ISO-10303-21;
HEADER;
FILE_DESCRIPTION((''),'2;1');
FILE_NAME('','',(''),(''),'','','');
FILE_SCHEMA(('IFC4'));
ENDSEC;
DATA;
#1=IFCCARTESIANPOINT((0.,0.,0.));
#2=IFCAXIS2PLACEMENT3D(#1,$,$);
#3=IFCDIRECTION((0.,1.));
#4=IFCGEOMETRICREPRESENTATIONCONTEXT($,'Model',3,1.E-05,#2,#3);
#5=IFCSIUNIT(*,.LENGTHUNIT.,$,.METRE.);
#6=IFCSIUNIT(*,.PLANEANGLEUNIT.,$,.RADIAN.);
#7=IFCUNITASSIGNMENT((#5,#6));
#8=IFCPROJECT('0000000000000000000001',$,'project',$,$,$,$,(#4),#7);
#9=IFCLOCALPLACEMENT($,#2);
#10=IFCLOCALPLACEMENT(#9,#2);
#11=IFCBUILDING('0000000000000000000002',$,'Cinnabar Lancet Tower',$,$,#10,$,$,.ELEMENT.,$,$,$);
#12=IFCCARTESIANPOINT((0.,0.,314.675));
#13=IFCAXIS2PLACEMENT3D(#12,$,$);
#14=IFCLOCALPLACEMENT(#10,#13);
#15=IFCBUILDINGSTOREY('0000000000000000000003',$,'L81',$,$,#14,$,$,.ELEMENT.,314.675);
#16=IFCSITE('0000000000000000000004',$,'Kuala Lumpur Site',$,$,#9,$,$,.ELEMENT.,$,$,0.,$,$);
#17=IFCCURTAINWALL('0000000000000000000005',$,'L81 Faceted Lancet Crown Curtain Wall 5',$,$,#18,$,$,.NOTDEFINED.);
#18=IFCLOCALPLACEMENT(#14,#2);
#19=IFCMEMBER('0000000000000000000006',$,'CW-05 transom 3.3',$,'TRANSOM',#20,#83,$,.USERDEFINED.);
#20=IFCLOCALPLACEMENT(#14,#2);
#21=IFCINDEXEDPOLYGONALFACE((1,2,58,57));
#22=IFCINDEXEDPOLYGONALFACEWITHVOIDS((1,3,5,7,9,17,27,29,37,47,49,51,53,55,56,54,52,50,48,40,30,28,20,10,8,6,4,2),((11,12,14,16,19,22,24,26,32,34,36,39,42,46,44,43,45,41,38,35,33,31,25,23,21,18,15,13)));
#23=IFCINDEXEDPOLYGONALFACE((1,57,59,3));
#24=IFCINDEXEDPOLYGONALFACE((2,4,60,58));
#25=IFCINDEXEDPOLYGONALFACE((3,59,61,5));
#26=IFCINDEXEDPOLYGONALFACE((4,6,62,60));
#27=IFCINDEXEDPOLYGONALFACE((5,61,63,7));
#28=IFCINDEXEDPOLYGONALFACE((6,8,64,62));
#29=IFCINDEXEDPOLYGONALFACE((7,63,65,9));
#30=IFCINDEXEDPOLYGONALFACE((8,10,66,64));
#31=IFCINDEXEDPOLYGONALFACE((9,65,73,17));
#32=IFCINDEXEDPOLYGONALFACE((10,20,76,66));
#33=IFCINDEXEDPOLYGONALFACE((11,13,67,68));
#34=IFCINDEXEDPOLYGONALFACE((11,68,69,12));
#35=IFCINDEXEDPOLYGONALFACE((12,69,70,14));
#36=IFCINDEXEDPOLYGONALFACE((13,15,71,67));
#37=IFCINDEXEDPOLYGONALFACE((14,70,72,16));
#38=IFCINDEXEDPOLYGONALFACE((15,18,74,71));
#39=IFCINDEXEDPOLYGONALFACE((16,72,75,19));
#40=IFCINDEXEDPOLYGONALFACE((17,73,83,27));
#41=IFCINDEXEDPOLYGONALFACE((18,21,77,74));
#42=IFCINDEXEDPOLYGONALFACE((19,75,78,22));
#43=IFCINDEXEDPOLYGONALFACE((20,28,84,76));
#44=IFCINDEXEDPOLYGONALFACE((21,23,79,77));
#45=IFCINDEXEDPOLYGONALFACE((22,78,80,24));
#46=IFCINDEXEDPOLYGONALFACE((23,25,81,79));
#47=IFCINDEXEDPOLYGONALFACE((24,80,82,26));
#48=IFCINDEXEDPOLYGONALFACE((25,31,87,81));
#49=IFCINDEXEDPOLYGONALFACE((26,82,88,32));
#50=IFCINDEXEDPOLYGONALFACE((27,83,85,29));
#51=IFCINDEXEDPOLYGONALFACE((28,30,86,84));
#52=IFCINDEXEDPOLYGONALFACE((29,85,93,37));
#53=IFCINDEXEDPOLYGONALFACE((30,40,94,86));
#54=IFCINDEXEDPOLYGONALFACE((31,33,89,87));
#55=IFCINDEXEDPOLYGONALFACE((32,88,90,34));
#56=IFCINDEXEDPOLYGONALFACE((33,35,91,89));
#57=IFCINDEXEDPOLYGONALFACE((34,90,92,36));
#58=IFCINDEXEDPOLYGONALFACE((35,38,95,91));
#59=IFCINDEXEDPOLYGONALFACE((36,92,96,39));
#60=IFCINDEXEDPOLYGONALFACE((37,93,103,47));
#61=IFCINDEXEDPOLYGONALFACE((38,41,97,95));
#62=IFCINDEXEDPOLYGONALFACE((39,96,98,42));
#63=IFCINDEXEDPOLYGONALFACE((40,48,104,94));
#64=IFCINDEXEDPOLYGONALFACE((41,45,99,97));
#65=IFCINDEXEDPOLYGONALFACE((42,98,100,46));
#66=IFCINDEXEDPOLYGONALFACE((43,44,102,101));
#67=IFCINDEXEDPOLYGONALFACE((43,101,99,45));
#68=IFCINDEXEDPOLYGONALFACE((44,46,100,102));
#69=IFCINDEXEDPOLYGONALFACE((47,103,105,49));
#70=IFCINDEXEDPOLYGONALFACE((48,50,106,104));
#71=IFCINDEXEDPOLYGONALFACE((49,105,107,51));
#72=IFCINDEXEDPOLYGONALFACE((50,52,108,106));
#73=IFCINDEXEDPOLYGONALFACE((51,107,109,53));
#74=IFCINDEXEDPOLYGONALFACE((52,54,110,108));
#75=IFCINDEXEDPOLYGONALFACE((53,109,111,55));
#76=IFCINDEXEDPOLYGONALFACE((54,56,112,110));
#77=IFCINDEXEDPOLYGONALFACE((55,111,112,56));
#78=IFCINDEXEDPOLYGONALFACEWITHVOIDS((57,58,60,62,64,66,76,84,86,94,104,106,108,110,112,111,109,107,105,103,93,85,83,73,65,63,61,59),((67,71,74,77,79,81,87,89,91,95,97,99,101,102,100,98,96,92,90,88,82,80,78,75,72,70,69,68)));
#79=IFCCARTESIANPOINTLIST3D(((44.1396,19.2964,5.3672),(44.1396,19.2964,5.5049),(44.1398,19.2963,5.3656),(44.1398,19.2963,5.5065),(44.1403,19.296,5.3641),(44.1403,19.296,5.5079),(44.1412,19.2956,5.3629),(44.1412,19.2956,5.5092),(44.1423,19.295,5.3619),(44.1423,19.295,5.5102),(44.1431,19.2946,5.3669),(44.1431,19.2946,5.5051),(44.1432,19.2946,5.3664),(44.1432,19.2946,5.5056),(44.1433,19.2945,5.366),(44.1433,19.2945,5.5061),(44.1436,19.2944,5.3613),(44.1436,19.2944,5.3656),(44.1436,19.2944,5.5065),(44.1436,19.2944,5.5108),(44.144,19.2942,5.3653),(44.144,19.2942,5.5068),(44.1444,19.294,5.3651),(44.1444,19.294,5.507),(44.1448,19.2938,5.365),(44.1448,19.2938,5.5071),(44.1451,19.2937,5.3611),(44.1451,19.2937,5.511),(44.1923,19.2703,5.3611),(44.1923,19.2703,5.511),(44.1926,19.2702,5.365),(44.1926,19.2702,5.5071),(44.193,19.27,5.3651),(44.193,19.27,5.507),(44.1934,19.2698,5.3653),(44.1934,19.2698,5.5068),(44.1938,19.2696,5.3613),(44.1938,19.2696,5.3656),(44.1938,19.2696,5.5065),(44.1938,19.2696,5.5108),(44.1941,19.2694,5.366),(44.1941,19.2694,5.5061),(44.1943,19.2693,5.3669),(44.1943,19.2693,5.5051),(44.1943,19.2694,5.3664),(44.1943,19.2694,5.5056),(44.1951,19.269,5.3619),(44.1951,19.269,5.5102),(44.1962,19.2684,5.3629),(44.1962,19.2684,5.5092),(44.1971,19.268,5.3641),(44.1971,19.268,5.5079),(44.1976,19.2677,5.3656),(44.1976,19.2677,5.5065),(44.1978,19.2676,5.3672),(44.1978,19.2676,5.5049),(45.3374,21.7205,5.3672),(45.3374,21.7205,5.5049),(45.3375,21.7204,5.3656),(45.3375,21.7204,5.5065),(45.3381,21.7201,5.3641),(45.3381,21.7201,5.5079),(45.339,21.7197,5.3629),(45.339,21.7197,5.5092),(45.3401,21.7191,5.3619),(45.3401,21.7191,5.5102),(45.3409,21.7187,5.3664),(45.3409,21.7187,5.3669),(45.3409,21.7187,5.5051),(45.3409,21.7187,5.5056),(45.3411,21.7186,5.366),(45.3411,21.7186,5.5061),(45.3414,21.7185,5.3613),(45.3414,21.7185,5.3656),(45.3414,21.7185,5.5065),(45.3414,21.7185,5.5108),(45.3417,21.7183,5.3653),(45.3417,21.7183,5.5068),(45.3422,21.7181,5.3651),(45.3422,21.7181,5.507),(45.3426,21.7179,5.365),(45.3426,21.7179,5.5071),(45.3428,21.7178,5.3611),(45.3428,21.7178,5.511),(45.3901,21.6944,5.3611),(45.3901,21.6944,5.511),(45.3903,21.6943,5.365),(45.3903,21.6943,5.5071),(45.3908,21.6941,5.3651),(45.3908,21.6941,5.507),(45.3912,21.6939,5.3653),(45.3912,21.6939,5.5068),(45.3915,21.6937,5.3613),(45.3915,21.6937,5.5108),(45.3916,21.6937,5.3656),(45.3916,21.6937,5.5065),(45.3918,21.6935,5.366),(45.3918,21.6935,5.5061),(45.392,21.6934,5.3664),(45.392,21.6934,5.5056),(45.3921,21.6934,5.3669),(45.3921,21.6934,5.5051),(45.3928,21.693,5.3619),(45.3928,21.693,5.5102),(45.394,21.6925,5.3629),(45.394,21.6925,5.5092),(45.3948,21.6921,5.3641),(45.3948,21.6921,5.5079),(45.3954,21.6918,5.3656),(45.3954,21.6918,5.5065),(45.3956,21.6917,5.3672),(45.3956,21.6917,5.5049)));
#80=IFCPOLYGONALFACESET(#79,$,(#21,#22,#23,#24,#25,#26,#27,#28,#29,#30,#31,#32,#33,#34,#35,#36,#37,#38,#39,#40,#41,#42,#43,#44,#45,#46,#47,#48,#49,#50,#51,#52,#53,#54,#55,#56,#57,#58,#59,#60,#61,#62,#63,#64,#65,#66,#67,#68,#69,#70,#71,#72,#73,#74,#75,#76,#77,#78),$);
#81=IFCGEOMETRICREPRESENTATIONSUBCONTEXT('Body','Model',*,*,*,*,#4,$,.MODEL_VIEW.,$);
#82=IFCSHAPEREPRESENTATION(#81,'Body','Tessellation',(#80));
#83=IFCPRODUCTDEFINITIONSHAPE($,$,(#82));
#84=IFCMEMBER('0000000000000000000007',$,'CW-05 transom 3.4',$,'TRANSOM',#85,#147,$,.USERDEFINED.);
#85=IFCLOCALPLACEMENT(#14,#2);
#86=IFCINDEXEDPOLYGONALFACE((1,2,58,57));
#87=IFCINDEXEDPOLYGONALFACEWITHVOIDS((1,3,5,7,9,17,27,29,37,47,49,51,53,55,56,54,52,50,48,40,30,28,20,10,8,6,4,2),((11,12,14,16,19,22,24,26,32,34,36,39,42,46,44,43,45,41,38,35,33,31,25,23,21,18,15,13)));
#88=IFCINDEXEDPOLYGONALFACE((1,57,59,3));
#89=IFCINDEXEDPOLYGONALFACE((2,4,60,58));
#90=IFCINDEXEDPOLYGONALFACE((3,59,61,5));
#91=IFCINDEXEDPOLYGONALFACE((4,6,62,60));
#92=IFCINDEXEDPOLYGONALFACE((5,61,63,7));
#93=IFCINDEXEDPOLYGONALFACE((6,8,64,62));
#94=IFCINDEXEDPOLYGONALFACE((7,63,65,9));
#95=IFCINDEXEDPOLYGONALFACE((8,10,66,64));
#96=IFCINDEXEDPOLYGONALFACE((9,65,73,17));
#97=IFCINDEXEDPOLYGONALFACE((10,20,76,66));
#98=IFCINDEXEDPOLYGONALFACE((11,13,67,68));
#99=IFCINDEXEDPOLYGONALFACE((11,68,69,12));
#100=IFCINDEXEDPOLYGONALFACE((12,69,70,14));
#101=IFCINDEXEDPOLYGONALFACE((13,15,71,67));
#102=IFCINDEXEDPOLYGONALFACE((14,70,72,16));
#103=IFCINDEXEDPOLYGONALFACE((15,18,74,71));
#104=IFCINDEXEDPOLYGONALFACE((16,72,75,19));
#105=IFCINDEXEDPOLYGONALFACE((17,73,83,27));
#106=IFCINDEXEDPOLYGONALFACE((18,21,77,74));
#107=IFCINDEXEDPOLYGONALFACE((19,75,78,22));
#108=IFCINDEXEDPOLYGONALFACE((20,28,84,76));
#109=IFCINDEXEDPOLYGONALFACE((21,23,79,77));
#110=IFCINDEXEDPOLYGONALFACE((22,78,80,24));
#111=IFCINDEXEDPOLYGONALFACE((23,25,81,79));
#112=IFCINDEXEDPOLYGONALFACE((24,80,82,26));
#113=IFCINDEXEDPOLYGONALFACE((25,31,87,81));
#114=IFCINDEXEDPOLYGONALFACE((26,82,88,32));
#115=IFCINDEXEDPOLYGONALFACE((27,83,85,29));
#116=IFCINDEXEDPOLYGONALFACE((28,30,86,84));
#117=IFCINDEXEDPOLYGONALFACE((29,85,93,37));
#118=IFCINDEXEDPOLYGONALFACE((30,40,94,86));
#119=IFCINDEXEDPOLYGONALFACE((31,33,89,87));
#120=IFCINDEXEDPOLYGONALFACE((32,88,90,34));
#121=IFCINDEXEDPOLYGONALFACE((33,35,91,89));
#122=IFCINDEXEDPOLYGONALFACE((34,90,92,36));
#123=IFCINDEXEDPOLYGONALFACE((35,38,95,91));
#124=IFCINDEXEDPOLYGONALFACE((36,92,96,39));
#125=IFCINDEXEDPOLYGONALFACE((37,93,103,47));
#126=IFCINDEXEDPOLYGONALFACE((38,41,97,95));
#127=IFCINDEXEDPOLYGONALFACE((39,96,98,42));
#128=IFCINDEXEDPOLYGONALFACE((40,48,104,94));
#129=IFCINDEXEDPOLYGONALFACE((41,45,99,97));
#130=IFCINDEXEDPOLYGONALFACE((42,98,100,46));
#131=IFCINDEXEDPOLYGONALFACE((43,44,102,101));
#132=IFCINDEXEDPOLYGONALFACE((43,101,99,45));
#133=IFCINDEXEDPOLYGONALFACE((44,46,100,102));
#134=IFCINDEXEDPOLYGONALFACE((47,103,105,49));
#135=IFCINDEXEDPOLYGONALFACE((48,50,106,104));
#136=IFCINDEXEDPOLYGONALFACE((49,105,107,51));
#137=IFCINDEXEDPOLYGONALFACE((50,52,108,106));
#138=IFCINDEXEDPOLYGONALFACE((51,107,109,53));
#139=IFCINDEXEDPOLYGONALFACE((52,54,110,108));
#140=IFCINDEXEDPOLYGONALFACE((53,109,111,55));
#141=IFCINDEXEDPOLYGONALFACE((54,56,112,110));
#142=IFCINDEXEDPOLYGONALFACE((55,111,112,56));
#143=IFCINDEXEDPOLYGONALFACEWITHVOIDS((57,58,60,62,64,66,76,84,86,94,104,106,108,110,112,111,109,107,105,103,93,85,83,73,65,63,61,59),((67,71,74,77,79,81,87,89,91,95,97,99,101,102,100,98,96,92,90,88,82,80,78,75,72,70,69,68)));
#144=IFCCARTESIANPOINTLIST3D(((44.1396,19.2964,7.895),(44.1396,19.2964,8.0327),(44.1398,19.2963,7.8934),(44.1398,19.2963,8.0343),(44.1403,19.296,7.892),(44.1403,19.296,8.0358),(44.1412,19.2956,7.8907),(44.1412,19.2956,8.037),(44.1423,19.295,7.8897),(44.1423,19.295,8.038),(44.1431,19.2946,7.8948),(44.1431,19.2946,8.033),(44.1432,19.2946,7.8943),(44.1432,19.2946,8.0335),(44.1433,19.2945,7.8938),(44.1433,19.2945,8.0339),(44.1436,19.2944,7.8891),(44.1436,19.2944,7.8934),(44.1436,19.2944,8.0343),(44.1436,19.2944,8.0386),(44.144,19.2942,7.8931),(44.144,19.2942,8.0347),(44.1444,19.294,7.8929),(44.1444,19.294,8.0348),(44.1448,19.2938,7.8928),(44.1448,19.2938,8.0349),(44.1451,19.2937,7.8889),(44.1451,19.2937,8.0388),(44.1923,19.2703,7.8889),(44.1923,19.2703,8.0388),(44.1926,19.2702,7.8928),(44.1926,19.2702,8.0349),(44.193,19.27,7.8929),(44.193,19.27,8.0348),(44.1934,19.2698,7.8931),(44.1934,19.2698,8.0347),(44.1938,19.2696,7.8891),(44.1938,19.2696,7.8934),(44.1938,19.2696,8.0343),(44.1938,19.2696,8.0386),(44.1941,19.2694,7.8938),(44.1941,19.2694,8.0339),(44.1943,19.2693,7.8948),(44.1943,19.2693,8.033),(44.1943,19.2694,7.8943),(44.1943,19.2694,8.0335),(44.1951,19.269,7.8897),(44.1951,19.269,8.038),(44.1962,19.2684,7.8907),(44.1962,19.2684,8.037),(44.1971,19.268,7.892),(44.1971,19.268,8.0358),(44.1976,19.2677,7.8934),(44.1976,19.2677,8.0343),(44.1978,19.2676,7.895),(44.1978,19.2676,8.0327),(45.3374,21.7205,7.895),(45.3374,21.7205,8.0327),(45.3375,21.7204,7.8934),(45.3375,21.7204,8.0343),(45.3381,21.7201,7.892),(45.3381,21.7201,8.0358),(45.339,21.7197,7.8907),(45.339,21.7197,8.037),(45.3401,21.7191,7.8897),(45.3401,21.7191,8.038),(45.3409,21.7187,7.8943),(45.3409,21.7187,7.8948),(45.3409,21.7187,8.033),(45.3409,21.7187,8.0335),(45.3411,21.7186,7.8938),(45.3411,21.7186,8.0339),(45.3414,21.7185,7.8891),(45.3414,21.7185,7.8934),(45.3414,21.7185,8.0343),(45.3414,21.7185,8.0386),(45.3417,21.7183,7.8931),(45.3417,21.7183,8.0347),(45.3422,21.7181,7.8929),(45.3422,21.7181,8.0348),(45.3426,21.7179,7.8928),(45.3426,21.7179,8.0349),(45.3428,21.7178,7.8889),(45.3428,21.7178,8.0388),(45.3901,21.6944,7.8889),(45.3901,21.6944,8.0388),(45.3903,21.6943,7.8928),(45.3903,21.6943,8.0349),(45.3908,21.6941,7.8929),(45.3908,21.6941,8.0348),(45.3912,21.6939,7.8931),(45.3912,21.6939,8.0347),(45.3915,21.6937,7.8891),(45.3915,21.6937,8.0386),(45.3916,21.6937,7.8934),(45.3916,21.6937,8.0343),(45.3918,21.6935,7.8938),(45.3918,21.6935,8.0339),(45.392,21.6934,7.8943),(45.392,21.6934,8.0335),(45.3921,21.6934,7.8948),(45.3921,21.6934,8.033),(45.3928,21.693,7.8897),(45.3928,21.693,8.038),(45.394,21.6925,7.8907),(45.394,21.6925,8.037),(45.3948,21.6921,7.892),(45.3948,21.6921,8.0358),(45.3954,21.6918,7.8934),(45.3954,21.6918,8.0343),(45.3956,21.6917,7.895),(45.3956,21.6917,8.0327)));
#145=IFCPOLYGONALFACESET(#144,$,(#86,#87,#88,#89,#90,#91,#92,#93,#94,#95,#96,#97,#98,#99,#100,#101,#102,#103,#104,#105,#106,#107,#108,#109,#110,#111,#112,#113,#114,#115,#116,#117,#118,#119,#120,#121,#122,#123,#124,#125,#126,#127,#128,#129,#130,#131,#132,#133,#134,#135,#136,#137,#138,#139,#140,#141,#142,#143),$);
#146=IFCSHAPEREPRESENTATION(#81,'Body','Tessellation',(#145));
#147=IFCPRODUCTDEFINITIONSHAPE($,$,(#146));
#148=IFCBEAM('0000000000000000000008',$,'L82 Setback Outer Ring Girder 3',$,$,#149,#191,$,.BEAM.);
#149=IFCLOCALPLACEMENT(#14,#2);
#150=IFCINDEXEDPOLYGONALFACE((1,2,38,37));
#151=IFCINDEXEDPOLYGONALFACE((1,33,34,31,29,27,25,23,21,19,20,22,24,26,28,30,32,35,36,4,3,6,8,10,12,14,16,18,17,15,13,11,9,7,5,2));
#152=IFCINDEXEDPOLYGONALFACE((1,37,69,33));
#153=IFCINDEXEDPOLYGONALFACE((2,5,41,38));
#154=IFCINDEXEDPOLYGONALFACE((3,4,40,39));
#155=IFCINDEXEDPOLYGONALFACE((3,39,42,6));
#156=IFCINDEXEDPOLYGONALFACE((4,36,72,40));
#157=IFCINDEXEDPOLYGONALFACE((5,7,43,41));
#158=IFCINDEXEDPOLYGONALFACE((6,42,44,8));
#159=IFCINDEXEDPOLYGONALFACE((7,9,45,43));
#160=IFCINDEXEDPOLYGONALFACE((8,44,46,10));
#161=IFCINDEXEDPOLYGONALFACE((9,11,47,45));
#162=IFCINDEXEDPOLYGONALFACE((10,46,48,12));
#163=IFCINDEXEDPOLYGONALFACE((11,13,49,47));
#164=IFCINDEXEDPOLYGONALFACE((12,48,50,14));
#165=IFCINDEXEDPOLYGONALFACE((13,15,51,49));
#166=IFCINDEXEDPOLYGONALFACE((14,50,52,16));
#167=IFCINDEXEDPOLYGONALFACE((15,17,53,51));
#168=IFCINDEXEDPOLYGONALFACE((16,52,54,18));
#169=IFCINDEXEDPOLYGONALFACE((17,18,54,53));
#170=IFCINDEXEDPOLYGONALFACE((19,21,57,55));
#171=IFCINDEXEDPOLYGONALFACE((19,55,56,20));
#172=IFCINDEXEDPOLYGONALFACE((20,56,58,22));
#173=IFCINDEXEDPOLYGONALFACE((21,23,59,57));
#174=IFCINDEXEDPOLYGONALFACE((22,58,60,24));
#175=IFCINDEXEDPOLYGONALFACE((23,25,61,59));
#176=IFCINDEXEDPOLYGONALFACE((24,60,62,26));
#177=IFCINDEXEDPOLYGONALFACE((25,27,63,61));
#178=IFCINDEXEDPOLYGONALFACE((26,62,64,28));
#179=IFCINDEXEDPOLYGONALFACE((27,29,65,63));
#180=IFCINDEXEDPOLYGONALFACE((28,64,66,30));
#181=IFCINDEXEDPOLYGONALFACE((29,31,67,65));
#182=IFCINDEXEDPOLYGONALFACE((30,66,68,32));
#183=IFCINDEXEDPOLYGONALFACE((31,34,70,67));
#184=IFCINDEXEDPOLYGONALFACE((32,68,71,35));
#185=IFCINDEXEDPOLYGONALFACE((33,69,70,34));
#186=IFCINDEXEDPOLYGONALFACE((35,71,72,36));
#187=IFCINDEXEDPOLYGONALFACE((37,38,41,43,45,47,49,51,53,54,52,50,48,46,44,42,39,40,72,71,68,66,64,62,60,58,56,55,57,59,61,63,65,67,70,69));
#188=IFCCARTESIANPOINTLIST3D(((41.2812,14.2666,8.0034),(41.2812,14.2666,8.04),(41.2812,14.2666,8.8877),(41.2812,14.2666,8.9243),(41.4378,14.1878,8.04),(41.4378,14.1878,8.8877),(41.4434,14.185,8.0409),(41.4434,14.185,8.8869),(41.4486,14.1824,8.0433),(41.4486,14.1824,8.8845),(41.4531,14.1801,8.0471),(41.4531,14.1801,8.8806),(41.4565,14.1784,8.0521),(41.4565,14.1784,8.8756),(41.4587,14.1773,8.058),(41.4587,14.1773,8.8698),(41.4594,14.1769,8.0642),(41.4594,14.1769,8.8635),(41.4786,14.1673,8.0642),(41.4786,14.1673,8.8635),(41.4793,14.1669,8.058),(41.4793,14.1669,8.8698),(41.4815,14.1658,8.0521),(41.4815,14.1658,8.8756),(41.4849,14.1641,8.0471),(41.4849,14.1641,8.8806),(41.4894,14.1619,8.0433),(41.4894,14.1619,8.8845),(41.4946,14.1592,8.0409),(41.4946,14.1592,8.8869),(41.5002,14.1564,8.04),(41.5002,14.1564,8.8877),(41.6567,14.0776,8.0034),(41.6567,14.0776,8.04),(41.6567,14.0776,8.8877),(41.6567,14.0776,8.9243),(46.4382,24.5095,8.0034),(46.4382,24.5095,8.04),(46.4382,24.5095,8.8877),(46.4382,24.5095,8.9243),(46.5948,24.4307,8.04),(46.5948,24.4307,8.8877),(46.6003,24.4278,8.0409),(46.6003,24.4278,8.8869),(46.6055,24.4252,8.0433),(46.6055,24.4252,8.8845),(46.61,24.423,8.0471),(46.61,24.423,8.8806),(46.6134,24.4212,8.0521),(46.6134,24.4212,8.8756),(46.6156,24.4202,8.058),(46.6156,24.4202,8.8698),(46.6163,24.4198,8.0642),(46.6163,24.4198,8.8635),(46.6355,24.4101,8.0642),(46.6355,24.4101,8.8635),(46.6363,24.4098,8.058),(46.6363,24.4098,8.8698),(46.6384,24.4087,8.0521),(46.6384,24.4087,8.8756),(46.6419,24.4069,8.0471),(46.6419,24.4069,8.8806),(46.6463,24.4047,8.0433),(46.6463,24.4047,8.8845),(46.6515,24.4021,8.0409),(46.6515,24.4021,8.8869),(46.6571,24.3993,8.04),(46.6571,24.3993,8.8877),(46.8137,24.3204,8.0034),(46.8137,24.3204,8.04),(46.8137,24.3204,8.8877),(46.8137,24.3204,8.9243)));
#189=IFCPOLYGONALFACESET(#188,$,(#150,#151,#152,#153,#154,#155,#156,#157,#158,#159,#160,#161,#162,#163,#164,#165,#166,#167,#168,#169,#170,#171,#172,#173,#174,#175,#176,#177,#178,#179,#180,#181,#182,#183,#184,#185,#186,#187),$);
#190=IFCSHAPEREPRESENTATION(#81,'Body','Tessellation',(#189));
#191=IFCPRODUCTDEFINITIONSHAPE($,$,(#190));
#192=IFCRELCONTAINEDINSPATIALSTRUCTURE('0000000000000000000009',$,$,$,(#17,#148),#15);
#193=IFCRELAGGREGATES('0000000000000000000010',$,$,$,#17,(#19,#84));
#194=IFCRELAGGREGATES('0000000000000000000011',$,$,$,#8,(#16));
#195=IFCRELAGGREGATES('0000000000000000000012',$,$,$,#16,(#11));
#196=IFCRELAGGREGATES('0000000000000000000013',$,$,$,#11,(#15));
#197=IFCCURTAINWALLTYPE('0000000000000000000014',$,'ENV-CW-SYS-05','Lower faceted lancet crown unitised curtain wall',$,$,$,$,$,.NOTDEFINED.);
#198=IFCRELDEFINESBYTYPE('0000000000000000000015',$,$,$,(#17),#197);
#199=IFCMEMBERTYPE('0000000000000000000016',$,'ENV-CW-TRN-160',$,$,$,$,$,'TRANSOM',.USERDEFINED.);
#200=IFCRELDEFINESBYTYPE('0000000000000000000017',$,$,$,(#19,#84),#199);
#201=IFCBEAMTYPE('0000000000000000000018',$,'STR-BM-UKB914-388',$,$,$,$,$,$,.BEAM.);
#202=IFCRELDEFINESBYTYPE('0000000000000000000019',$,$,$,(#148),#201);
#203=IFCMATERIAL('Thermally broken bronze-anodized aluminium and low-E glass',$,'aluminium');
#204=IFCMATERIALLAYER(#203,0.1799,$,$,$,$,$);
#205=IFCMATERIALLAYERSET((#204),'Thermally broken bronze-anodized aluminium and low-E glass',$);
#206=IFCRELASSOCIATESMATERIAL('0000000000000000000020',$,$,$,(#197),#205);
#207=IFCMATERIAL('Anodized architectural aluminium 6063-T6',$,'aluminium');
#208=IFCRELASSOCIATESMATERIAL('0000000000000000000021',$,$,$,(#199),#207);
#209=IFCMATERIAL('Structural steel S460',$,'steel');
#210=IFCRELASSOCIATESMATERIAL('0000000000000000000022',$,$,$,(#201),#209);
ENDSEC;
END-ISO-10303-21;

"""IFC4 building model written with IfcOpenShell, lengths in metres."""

from ifc_helpers import new_model, si_unit, direction, frame, origin, origin_2d, place, context, subcontext, project, spatial, hollow_rectangle, i_section, extrude, material, layer, layer_set, material_profile, profile_set, type_object, element, aggregate, save


model = new_model("IFC4")

# Units and contexts
model_context = context("Model", 3, precision=1e-05, world=origin(), true_north=direction((0.0, 1.0)))
body_context = subcontext(model_context, "Body", "Model", "MODEL_VIEW")
ifc_project = project(units=[si_unit("LENGTHUNIT", "METRE"), si_unit("PLANEANGLEUNIT", "RADIAN")], contexts=[model_context])

# Site, building, storey
site_placement = place(None, origin())
site = spatial("IfcSite", under=ifc_project, at=site_placement, Name="Kuala Lumpur Site", CompositionType="ELEMENT", RefElevation=0.0)
building_placement = place(site_placement, origin())
building = spatial("IfcBuilding", under=site, at=building_placement, Name="Cinnabar Lancet Tower", CompositionType="ELEMENT")
storey_placement = place(building_placement, frame((0.0, 0.0, 314.675)))
storey = spatial("IfcBuildingStorey", under=building, at=storey_placement, Name="L81", CompositionType="ELEMENT", Elevation=314.675)

# Shared definitions
ifc_material_1 = material(Name="Thermally broken bronze-anodized aluminium and low-E glass", Category="aluminium")
ifc_layer_1 = layer(ifc_material_1, 0.1799)
ifc_layer_set_1 = layer_set([ifc_layer_1], Name="Thermally broken bronze-anodized aluminium and low-E glass")
curtain_wall_type = type_object("IfcCurtainWallType", Name="ENV-CW-SYS-05", Description="Lower faceted lancet crown unitised curtain wall", PredefinedType="NOTDEFINED", material=ifc_layer_set_1)

# Curtain wall, members
curtain_wall_1_placement = place(storey_placement, origin())
curtain_wall_1 = element("IfcCurtainWall", 1, at=curtain_wall_1_placement, inside=storey, type_object=curtain_wall_type, Name="L81 Faceted Lancet Crown Curtain Wall 5", PredefinedType="NOTDEFINED")
ifc_material_2 = material(Name="Anodized architectural aluminium 6063-T6", Category="aluminium")
ifc_material_profile_1 = material_profile(ifc_material_2, hollow_rectangle(XDim=0.0649, YDim=0.1499, WallThickness=0.0039, InnerFilletRadius=0.002, OuterFilletRadius=0.0061, at=origin_2d()), Name="CW-TRN 150x65x4")
ifc_profile_set_1 = profile_set([ifc_material_profile_1], Name="Anodized architectural aluminium 6063-T6")
member_type_1 = type_object("IfcMemberType", Name="ENV-CW-TRN-160", ElementType="TRANSOM", PredefinedType="USERDEFINED", material=ifc_profile_set_1)
member_1_placement = place(storey_placement, frame((44.1687, 19.282, 5.436), z_axis=(0.442983, 0.89653, 0.0), x_axis=(-0.89653, 0.442983, 0.0)))
member_1 = element("IfcMember", 2, at=member_1_placement, type_object=member_type_1, Name="CW-05 transom 3.3", ObjectType="TRANSOM", PredefinedType="USERDEFINED", context=body_context, shape_type="SweptSolid", body=[
    extrude(hollow_rectangle(XDim=0.0649, YDim=0.1499, WallThickness=0.0039, InnerFilletRadius=0.002, OuterFilletRadius=0.0061, at=origin_2d()), origin(), (0.0, 0.0, 1.0), 2.7039),
])
member_2_placement = place(storey_placement, frame((44.1687, 19.282, 7.9639), z_axis=(0.442983, 0.89653, 0.0), x_axis=(-0.89653, 0.442983, 0.0)))
member_2 = element("IfcMember", 3, at=member_2_placement, type_object=member_type_1, Name="CW-05 transom 3.4", ObjectType="TRANSOM", PredefinedType="USERDEFINED", context=body_context, shape_type="SweptSolid", body=[
    extrude(hollow_rectangle(XDim=0.0649, YDim=0.1499, WallThickness=0.0039, InnerFilletRadius=0.002, OuterFilletRadius=0.0061, at=origin_2d()), origin(), (0.0, 0.0, 1.0), 2.7039),
])

# Beam
ifc_material_3 = material(Name="Structural steel S460", Category="steel")
ifc_material_profile_2 = material_profile(ifc_material_3, i_section(OverallWidth=0.4204, OverallDepth=0.9209, WebThickness=0.0215, FlangeThickness=0.0366, FilletRadius=0.0242, at=origin_2d()), Name="UKB 914x419x388")
ifc_profile_set_2 = profile_set([ifc_material_profile_2], Name="Structural steel S460")
beam_type = type_object("IfcBeamType", Name="STR-BM-UKB914-388", PredefinedType="BEAM", material=ifc_profile_set_2)
beam_1_placement = place(storey_placement, frame((41.469, 14.1721, 8.4639), z_axis=(0.44969, 0.893185, 0.0), x_axis=(-0.893185, 0.44969, 0.0)))
element("IfcBeam", 4, at=beam_1_placement, inside=storey, type_object=beam_type, Name="L82 Setback Outer Ring Girder 3", PredefinedType="BEAM", context=body_context, shape_type="SweptSolid", body=[
    extrude(i_section(OverallWidth=0.4204, OverallDepth=0.9209, WebThickness=0.0215, FlangeThickness=0.0366, FilletRadius=0.0242, at=origin_2d()), origin(), (0.0, 0.0, 1.0), 11.4678),
])

aggregate(curtain_wall_1, [member_1, member_2])

save(model, "model.ifc")
